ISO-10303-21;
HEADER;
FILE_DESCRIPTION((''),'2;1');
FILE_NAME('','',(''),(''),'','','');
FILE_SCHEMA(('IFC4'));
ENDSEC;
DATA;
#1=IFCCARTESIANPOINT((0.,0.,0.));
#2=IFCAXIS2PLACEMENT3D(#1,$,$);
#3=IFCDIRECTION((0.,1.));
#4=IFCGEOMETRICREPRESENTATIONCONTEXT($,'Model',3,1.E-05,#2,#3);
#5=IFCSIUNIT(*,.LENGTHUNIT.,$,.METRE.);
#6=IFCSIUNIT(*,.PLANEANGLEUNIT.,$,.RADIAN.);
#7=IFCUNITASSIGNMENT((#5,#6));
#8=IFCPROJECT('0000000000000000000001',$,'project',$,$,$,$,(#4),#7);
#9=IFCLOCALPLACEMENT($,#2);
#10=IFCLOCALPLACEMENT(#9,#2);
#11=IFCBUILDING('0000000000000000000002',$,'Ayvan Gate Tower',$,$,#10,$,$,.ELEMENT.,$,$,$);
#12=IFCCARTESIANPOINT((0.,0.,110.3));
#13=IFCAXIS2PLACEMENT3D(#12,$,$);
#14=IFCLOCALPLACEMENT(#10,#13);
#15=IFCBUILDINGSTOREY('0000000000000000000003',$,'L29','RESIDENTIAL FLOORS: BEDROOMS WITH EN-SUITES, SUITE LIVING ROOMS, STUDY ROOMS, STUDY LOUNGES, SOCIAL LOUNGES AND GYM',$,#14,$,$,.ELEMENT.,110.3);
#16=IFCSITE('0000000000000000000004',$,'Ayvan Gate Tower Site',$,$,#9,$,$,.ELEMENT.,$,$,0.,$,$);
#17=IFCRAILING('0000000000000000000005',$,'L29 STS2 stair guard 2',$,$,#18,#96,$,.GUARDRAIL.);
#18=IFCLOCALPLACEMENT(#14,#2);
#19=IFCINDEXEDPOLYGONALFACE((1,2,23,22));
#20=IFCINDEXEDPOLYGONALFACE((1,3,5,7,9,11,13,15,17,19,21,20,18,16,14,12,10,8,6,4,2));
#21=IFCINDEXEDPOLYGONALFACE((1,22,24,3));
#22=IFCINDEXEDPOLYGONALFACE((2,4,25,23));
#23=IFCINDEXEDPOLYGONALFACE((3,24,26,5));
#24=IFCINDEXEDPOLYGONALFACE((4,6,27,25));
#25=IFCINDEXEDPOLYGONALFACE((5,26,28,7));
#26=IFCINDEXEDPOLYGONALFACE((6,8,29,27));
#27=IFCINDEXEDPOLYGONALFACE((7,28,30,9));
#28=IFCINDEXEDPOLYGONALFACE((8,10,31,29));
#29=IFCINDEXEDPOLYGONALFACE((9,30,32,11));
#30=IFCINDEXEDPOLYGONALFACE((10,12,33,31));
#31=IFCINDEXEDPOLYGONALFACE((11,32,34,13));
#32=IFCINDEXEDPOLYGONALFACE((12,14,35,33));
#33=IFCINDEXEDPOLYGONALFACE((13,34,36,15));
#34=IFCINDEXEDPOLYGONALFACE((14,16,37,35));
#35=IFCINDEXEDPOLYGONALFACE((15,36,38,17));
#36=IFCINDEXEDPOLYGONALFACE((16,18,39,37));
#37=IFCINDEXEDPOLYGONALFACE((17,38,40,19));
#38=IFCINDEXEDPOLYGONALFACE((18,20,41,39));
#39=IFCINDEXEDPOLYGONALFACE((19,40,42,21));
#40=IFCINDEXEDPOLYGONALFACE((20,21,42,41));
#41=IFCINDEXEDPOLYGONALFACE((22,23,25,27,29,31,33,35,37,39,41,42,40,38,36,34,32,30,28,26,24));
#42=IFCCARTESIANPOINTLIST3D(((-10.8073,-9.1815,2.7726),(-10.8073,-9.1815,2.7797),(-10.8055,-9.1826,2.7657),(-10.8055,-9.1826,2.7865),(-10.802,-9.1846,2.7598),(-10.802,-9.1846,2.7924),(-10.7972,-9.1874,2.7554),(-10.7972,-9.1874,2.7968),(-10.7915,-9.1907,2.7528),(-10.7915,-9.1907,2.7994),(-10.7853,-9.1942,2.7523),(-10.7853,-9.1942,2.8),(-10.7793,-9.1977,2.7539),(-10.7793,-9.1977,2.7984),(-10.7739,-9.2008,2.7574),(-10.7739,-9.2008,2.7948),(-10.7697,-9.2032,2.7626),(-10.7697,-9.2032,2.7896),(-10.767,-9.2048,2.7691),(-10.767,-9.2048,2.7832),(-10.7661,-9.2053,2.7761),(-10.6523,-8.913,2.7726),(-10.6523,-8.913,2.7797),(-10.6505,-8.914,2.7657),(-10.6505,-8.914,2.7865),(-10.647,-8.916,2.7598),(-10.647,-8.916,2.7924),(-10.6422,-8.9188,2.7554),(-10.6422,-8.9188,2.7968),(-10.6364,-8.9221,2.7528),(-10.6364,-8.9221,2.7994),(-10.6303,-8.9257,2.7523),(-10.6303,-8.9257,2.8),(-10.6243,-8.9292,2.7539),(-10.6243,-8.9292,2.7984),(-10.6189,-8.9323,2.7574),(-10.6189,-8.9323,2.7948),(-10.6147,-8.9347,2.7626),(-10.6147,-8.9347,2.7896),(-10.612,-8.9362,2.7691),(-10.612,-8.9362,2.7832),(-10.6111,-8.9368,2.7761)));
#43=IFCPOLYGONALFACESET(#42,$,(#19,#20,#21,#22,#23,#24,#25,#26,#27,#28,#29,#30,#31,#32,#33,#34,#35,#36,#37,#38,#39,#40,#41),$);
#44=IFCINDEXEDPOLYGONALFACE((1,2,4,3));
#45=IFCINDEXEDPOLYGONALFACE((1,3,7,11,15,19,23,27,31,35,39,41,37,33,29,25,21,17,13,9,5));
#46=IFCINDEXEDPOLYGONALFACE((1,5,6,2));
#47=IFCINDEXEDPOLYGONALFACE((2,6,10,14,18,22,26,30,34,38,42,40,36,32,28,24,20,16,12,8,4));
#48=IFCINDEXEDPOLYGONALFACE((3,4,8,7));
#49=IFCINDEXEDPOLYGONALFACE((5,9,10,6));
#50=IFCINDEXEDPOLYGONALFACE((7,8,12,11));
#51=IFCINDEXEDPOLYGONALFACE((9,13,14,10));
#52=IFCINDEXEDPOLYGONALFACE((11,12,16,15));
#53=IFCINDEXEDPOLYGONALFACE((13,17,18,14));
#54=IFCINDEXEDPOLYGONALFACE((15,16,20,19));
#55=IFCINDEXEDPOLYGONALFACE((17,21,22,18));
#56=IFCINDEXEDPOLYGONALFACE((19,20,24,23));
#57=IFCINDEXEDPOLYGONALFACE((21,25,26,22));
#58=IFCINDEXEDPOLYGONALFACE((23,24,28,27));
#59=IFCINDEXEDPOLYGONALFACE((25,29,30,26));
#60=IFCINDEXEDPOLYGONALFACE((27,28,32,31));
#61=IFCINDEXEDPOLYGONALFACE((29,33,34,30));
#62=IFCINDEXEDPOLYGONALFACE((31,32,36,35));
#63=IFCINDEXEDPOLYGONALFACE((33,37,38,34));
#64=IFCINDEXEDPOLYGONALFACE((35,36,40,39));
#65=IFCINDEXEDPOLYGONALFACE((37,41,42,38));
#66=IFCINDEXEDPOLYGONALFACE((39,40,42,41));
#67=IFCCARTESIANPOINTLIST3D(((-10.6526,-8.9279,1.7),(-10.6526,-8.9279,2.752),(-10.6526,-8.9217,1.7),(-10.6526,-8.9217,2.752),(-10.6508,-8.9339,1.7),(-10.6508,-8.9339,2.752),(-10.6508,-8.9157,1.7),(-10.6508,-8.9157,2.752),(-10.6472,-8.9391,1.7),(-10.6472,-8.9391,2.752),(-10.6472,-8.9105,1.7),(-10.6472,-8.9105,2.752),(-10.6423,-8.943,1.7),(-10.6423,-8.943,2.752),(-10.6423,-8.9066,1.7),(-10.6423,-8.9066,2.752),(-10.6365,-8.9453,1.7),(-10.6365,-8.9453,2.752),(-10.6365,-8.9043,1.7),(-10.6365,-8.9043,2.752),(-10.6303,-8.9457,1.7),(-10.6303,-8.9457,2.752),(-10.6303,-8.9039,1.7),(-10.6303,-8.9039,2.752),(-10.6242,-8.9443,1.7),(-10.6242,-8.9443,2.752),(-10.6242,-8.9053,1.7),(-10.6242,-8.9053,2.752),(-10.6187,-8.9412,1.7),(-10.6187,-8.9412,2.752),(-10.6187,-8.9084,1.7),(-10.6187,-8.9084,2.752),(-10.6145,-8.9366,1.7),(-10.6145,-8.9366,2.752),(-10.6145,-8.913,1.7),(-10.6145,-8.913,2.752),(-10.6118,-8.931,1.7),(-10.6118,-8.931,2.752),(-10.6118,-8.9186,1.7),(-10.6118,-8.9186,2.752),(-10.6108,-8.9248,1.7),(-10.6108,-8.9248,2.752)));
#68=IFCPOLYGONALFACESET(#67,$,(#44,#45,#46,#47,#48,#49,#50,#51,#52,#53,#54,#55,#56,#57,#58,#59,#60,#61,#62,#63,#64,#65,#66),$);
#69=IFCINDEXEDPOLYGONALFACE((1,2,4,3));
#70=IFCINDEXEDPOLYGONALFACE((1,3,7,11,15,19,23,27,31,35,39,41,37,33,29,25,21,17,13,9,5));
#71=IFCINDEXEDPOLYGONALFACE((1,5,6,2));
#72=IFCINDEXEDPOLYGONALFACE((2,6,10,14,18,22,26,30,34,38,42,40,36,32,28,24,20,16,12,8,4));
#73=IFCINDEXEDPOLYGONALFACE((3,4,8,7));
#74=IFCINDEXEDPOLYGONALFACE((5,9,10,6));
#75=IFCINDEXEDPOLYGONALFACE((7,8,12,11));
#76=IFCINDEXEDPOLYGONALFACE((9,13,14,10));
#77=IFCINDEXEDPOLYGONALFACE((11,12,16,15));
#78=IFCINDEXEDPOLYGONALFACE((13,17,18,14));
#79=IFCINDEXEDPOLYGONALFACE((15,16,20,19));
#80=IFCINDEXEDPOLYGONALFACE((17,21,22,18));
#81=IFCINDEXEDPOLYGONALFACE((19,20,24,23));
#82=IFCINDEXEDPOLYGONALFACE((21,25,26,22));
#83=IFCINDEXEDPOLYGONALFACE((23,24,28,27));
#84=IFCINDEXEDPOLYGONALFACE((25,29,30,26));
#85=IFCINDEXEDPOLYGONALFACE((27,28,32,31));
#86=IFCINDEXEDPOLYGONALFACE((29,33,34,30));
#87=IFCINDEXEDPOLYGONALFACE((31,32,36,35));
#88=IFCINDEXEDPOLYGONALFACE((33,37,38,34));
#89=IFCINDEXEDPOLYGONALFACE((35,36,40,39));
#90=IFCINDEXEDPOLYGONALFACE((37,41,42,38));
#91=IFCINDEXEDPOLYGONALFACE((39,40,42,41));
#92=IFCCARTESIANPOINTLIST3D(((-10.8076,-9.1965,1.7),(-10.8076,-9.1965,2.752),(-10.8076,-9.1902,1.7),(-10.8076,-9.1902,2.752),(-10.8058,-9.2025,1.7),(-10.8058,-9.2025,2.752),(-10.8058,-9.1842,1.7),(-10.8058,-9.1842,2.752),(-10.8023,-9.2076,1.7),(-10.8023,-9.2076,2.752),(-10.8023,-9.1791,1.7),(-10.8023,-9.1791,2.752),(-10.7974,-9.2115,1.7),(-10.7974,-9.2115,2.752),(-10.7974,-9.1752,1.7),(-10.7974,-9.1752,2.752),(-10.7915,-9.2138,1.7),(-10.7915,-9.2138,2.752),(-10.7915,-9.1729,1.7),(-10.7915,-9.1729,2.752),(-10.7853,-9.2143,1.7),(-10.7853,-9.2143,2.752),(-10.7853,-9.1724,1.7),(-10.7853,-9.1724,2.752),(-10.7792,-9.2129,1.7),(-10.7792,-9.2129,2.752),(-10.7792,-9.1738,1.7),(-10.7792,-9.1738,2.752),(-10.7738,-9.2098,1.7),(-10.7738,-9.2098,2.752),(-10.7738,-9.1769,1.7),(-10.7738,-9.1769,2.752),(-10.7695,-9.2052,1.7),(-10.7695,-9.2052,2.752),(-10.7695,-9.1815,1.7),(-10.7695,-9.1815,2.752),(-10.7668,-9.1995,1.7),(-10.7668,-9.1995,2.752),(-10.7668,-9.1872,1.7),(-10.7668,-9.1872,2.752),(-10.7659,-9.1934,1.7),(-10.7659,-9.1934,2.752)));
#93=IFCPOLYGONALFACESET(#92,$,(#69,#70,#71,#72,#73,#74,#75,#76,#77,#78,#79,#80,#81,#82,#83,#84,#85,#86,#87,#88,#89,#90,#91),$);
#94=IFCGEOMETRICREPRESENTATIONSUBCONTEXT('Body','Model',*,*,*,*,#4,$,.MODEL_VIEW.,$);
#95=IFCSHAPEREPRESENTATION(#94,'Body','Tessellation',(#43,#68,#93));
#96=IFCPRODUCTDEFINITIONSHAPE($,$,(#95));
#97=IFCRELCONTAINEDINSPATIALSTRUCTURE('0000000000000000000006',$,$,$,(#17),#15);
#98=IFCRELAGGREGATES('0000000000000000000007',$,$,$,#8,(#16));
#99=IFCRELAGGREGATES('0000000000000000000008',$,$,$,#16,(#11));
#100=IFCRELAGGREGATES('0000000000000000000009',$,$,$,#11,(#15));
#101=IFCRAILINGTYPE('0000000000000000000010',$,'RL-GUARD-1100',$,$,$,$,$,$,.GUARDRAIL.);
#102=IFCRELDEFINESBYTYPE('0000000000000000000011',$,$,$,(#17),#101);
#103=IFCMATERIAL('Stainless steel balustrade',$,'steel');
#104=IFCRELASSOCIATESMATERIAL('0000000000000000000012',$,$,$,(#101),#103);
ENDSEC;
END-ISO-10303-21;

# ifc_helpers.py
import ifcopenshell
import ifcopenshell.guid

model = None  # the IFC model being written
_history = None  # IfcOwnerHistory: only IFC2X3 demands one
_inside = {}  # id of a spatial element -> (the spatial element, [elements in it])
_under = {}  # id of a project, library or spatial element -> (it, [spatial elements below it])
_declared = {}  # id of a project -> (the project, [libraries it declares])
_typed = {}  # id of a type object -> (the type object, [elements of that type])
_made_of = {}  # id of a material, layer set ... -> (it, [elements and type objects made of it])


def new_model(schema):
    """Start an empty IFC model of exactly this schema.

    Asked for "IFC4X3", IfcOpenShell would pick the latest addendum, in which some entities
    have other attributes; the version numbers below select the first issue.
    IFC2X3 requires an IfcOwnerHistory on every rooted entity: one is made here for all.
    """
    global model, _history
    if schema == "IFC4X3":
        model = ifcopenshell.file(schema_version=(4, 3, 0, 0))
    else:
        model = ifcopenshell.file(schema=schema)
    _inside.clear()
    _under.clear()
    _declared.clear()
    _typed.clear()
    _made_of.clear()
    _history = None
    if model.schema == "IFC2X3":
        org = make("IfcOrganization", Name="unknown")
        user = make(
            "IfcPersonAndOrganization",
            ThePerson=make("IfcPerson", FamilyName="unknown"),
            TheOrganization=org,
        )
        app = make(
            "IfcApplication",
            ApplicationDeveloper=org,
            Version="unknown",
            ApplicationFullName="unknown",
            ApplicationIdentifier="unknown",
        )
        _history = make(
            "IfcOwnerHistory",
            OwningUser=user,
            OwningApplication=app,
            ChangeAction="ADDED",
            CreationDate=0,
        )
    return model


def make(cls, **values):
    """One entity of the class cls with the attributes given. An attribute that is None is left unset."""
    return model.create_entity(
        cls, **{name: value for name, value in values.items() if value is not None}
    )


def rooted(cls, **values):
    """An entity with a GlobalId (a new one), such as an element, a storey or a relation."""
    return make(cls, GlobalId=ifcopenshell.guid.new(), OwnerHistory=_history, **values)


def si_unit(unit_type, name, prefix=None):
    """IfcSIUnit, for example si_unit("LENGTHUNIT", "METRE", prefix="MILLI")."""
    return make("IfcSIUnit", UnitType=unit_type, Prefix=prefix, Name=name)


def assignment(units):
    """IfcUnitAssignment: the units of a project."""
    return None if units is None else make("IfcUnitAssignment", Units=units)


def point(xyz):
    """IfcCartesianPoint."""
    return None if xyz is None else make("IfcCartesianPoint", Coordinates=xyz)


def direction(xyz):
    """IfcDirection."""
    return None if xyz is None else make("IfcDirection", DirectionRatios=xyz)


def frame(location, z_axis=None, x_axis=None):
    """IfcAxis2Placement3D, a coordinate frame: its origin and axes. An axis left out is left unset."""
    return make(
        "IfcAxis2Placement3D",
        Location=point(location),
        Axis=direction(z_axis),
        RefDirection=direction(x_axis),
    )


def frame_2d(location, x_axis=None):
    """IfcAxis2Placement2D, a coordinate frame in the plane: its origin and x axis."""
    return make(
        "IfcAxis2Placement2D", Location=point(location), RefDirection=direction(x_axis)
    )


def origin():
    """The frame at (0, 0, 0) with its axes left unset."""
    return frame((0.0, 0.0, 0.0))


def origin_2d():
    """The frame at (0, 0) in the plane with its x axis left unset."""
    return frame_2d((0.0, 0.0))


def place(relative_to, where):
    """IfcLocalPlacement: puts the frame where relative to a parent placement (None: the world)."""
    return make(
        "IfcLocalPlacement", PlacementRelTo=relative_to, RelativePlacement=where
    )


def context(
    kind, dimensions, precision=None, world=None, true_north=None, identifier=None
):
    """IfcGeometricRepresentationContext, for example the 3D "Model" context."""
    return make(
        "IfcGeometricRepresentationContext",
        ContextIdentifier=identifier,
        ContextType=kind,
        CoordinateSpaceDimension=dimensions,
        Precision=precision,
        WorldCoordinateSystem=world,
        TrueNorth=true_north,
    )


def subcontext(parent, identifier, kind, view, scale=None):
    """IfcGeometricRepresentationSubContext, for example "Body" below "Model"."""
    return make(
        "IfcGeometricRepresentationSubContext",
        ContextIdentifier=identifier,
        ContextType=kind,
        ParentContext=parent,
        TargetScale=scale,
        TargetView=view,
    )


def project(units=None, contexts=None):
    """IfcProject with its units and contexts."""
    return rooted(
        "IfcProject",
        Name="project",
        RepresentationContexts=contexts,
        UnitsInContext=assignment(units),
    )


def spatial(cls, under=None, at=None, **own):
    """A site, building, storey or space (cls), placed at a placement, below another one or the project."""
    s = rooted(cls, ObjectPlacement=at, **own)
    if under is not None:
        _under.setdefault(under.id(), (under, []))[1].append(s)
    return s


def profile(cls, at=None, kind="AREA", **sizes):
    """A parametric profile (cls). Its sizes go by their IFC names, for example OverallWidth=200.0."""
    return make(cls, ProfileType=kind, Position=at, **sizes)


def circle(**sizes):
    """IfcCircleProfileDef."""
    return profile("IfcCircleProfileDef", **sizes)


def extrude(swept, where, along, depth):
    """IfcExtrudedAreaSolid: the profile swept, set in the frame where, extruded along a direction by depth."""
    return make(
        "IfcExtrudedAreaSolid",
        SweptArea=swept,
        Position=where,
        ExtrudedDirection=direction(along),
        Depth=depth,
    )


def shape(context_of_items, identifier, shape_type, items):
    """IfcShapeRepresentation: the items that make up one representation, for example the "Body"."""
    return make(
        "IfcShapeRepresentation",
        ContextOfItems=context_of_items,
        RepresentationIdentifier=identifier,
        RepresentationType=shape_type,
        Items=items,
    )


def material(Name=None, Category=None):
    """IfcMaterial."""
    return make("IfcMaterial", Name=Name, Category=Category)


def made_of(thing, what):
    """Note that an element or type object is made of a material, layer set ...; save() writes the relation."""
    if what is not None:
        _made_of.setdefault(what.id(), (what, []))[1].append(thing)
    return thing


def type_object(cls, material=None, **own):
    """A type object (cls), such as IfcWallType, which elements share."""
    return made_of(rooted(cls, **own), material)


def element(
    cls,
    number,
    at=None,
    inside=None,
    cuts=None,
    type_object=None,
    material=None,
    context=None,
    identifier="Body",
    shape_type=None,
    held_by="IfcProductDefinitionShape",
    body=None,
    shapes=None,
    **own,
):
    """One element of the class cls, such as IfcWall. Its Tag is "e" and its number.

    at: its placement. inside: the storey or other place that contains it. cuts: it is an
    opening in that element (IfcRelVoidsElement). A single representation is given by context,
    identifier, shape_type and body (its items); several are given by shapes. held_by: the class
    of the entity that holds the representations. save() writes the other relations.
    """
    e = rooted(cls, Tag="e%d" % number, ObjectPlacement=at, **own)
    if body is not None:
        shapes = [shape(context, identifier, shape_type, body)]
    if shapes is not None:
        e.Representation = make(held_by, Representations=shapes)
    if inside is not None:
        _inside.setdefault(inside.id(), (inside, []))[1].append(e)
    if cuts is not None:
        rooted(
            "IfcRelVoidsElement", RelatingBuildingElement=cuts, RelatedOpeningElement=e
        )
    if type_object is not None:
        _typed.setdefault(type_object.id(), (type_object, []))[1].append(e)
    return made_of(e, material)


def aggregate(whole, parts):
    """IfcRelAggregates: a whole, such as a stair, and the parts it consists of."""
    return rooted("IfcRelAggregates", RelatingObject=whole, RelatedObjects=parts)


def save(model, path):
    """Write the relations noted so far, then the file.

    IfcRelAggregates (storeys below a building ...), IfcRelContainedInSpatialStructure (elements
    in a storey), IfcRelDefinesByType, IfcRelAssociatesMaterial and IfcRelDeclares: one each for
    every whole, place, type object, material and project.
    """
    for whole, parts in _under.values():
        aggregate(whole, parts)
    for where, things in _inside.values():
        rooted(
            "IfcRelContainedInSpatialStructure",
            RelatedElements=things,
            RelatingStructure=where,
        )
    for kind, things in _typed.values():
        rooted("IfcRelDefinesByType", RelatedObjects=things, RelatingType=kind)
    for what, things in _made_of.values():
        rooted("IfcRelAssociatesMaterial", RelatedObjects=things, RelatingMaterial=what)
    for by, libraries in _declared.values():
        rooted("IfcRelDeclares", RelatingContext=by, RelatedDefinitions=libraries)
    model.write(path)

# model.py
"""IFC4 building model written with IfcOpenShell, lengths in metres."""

from ifc_helpers import new_model, si_unit, direction, frame, origin, origin_2d, place, context, subcontext, project, spatial, circle, extrude, material, type_object, element, save


model = new_model("IFC4")

# Units and contexts
model_context = context("Model", 3, precision=1e-05, world=origin(), true_north=direction((0.0, 1.0)))
body_context = subcontext(model_context, "Body", "Model", "MODEL_VIEW")
ifc_project = project(units=[si_unit("LENGTHUNIT", "METRE"), si_unit("PLANEANGLEUNIT", "RADIAN")], contexts=[model_context])

# Site, building, storey
site_placement = place(None, origin())
site = spatial("IfcSite", under=ifc_project, at=site_placement, Name="Ayvan Gate Tower Site", CompositionType="ELEMENT", RefElevation=0.0)
building_placement = place(site_placement, origin())
building = spatial("IfcBuilding", under=site, at=building_placement, Name="Ayvan Gate Tower", CompositionType="ELEMENT")
storey_placement = place(building_placement, frame((0.0, 0.0, 110.3)))
storey = spatial("IfcBuildingStorey", under=building, at=storey_placement, Name="L29", Description="RESIDENTIAL FLOORS: BEDROOMS WITH EN-SUITES, SUITE LIVING ROOMS, STUDY ROOMS, STUDY LOUNGES, SOCIAL LOUNGES AND GYM", CompositionType="ELEMENT", Elevation=110.3)

# Railing
ifc_material_1 = material(Name="Stainless steel balustrade", Category="steel")
railing_type_1 = type_object("IfcRailingType", Name="RL-GUARD-1100", PredefinedType="GUARDRAIL", material=ifc_material_1)
railing_1_placement = place(storey_placement, frame((-10.6318, -8.9248, 1.7)))
element("IfcRailing", 1, at=railing_1_placement, inside=storey, type_object=railing_type_1, Name="L29 STS2 stair guard 2", PredefinedType="GUARDRAIL", context=body_context, shape_type="SweptSolid", body=[
    extrude(circle(Radius=0.0239, at=origin_2d()), frame((0.0, 0.0, 1.0762), z_axis=(-0.49995, -0.866054, 0.0), x_axis=(0.866054, -0.49995, 0.0)), (0.0, 0.0, 1.0), 0.3101),
    extrude(circle(Radius=0.021, at=origin_2d()), origin(), (0.0, 0.0, 1.0), 1.052),
    extrude(circle(Radius=0.021, at=origin_2d()), frame((-0.155, -0.2686, 0.0)), (0.0, 0.0, 1.0), 1.052),
])

save(model, "model.ifc")
